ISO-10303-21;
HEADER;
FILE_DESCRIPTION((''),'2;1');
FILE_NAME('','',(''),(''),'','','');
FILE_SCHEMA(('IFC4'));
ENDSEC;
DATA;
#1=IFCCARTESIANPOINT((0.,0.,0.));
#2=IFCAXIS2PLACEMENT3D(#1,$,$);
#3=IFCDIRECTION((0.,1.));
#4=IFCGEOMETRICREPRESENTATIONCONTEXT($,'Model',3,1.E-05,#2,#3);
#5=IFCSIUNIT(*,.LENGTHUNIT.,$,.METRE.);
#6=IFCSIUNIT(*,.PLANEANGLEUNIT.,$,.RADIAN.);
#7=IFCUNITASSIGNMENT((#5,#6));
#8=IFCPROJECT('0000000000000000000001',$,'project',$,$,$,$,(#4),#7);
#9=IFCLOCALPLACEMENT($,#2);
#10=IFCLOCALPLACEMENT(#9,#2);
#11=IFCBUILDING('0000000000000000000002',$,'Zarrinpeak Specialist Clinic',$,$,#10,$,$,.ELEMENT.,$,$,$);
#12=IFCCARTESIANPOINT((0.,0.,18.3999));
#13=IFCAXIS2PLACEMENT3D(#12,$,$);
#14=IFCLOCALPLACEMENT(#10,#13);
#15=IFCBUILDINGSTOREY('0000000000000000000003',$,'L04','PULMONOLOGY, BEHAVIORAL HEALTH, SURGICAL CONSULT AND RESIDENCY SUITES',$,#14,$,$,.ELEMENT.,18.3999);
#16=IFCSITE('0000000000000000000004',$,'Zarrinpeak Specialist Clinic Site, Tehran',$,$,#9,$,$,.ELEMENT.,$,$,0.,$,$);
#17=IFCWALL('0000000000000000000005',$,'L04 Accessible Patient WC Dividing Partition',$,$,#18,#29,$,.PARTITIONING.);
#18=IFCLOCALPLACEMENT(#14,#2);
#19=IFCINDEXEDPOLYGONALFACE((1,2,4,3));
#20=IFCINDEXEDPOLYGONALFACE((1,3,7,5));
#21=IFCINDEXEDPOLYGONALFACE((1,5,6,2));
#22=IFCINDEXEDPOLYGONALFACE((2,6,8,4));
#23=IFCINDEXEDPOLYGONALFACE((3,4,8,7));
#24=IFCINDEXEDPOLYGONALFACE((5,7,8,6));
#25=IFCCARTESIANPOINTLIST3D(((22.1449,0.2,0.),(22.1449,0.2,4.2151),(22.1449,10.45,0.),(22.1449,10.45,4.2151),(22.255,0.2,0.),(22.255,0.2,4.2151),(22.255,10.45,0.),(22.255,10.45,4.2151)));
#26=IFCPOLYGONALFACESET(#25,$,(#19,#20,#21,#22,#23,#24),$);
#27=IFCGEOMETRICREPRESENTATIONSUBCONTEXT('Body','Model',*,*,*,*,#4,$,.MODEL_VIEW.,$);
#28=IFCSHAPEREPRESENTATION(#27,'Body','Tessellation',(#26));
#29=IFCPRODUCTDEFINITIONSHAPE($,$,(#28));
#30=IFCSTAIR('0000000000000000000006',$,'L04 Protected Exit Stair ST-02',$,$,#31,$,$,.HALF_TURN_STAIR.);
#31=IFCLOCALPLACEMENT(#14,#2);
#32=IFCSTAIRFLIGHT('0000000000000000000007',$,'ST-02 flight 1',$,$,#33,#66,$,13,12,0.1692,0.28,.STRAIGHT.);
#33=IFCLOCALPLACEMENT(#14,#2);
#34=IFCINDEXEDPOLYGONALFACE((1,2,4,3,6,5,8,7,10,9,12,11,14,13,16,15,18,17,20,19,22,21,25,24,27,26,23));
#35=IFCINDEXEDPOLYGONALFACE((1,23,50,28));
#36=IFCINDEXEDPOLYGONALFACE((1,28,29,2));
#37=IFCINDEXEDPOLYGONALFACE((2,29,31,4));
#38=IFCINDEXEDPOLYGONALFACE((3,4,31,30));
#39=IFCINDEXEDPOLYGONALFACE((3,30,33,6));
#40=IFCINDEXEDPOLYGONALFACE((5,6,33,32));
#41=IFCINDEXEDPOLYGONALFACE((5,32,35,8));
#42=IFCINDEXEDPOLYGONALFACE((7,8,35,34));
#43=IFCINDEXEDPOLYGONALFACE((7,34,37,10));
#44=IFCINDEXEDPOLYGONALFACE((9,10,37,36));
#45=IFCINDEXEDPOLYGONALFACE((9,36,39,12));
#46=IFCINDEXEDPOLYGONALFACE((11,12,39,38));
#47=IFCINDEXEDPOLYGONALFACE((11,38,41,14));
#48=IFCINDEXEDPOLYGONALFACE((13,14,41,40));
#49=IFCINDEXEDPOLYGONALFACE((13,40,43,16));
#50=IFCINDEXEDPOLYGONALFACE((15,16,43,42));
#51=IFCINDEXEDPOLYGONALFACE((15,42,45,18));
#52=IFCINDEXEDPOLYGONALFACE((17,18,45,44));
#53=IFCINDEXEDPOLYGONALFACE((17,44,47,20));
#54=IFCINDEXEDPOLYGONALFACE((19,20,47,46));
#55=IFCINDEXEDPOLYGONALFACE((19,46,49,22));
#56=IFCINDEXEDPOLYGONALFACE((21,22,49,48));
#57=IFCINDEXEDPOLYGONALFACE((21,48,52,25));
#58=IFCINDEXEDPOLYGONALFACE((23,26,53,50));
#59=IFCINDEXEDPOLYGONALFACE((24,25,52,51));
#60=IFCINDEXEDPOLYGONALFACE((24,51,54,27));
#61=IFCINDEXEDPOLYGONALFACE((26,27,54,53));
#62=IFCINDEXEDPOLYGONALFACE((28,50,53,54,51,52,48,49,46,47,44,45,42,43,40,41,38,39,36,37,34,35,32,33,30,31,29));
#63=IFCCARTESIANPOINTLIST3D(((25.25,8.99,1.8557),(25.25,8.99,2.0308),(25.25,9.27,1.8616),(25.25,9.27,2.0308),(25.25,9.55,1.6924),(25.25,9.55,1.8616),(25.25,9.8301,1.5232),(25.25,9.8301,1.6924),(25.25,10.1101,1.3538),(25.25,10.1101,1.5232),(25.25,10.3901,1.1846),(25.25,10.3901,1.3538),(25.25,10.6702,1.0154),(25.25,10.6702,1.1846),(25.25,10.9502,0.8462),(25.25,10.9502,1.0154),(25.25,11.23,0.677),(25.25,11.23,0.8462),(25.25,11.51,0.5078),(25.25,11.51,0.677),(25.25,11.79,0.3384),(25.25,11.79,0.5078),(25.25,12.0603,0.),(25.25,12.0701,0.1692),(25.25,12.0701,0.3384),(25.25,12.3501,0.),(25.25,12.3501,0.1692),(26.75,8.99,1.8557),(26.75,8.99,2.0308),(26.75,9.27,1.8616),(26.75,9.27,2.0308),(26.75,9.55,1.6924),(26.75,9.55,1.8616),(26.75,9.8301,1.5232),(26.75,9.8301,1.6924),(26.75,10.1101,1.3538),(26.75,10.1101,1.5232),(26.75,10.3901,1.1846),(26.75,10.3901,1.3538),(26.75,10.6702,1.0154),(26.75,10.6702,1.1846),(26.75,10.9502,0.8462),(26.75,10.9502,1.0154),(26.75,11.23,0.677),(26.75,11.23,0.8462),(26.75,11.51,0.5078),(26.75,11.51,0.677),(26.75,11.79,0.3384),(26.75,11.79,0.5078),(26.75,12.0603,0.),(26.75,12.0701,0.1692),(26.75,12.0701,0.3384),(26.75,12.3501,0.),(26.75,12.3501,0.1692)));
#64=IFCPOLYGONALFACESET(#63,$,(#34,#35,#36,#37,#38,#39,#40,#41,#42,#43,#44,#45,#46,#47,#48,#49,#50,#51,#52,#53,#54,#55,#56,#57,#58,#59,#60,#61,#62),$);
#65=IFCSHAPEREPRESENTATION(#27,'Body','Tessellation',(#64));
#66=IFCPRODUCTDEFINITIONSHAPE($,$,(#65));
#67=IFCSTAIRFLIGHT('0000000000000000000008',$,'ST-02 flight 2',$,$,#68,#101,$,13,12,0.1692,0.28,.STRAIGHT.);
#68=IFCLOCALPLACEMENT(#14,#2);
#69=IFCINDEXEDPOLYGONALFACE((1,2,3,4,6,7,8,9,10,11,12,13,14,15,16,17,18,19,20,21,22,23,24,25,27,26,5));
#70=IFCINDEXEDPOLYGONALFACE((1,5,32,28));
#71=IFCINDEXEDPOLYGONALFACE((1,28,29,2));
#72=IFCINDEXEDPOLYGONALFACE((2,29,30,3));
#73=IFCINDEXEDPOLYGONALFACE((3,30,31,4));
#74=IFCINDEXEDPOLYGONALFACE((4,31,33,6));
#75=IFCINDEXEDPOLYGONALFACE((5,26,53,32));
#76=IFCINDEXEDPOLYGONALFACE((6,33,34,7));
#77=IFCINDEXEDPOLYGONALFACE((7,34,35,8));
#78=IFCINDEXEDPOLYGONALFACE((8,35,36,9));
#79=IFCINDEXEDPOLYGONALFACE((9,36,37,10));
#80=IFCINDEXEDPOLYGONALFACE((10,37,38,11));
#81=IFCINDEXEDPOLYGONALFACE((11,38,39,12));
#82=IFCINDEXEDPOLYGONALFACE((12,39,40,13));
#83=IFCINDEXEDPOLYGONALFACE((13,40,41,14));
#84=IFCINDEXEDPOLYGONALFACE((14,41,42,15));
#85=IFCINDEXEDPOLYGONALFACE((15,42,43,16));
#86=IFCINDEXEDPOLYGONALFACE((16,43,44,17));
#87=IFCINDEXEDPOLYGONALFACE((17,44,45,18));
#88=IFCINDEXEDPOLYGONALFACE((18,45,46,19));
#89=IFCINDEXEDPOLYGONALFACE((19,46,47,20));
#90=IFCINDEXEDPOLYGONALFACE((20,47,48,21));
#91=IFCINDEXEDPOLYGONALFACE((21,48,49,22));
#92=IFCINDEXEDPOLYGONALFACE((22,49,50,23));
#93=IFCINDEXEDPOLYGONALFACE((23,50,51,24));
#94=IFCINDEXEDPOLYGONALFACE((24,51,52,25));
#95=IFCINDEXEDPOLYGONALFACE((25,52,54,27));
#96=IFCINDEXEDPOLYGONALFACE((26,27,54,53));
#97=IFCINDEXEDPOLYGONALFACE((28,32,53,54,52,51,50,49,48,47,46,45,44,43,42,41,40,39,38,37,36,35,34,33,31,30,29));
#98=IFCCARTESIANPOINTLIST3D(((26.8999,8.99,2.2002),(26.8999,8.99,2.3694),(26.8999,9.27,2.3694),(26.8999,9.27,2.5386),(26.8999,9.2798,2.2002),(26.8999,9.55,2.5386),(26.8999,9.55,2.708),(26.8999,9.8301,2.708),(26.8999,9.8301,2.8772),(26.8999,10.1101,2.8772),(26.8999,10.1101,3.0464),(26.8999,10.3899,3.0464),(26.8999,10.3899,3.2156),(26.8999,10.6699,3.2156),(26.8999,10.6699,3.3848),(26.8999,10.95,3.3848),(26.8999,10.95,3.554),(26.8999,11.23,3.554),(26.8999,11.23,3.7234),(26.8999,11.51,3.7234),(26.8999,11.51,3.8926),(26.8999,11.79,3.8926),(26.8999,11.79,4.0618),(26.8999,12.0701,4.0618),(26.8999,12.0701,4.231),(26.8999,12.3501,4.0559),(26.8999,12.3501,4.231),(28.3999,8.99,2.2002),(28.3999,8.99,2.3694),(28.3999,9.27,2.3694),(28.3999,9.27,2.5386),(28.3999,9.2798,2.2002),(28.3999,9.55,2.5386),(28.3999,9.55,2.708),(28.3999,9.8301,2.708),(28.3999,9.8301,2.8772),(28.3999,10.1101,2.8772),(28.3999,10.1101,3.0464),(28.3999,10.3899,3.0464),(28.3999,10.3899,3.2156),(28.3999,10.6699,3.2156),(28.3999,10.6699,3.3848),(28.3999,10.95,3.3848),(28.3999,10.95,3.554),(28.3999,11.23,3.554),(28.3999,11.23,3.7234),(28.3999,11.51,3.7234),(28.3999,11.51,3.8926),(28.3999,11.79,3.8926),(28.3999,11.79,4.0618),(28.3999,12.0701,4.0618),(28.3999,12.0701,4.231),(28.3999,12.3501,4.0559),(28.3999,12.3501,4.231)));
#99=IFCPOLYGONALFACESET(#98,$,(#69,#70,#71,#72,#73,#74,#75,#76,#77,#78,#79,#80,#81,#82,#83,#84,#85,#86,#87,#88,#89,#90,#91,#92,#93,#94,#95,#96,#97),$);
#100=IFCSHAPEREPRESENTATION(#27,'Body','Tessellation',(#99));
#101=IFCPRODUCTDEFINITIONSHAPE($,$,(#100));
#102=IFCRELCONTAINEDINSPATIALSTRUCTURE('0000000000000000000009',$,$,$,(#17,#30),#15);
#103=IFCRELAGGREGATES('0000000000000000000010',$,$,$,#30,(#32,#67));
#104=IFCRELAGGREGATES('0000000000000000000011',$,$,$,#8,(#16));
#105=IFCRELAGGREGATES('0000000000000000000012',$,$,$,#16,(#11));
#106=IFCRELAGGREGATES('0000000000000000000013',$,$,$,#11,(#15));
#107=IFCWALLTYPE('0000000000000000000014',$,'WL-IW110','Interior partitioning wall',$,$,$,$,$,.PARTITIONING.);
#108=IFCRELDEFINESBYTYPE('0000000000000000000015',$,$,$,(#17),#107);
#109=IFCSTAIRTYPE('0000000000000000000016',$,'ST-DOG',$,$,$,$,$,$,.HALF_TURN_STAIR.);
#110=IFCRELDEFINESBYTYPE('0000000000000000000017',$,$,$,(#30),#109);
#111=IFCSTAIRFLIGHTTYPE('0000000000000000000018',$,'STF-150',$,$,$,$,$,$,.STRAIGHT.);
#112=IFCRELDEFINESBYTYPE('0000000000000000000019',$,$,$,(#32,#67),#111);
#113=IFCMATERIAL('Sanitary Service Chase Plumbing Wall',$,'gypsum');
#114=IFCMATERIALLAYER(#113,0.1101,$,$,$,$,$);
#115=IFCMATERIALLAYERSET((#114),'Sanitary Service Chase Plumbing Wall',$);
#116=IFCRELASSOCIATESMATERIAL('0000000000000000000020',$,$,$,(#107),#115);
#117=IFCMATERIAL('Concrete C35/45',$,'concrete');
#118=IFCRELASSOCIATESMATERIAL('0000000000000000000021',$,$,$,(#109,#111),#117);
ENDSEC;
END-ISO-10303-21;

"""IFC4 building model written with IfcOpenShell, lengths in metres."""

from ifc_helpers import new_model, si_unit, direction, frame, frame_2d, origin, place, context, subcontext, project, spatial, polyline, rectangle, outline, extrude, material, layer, layer_set, type_object, element, aggregate, save


model = new_model("IFC4")

# Units and contexts
model_context = context("Model", 3, precision=1e-05, world=origin(), true_north=direction((0.0, 1.0)))
body_context = subcontext(model_context, "Body", "Model", "MODEL_VIEW")
ifc_project = project(units=[si_unit("LENGTHUNIT", "METRE"), si_unit("PLANEANGLEUNIT", "RADIAN")], contexts=[model_context])

# Site, building, storey
site_placement = place(None, origin())
site = spatial("IfcSite", under=ifc_project, at=site_placement, Name="Zarrinpeak Specialist Clinic Site, Tehran", CompositionType="ELEMENT", RefElevation=0.0)
building_placement = place(site_placement, origin())
building = spatial("IfcBuilding", under=site, at=building_placement, Name="Zarrinpeak Specialist Clinic", CompositionType="ELEMENT")
storey_placement = place(building_placement, frame((0.0, 0.0, 18.3999)))
storey = spatial("IfcBuildingStorey", under=building, at=storey_placement, Name="L04", Description="PULMONOLOGY, BEHAVIORAL HEALTH, SURGICAL CONSULT AND RESIDENCY SUITES", CompositionType="ELEMENT", Elevation=18.3999)

# Wall
ifc_material_1 = material(Name="Sanitary Service Chase Plumbing Wall", Category="gypsum")
ifc_layer_1 = layer(ifc_material_1, 0.1101)
ifc_layer_set_1 = layer_set([ifc_layer_1], Name="Sanitary Service Chase Plumbing Wall")
wall_type_1 = type_object("IfcWallType", Name="WL-IW110", Description="Interior partitioning wall", PredefinedType="PARTITIONING", material=ifc_layer_set_1)
wall_1_placement = place(storey_placement, frame((22.2, 0.2, 0.0), z_axis=(0.0, 0.0, 1.0), x_axis=(0.0, 1.0, 0.0)))
element("IfcWall", 1, at=wall_1_placement, inside=storey, type_object=wall_type_1, Name="L04 Accessible Patient WC Dividing Partition", PredefinedType="PARTITIONING", context=body_context, shape_type="SweptSolid", body=[
    extrude(rectangle(XDim=10.25, YDim=0.1101, at=frame_2d((5.125, 0.0))), origin(), (0.0, 0.0, 1.0), 4.2151),
])

# Stair, stair flights
ifc_material_2 = material(Name="Concrete C35/45", Category="concrete")
stair_type = type_object("IfcStairType", Name="ST-DOG", PredefinedType="HALF_TURN_STAIR", material=ifc_material_2)
stair_placement = place(storey_placement, origin())
stair = element("IfcStair", 2, at=stair_placement, inside=storey, type_object=stair_type, Name="L04 Protected Exit Stair ST-02", PredefinedType="HALF_TURN_STAIR")
stair_flight_type = type_object("IfcStairFlightType", Name="STF-150", PredefinedType="STRAIGHT", material=ifc_material_2)
stair_flight_1_placement = place(storey_placement, frame((26.0, 12.3501, 0.0), z_axis=(0.0, 0.0, 1.0), x_axis=(0.0, -1.0, 0.0)))
stair_flight_1 = element("IfcStairFlight", 3, at=stair_flight_1_placement, type_object=stair_flight_type, Name="ST-02 flight 1", NumberOfRisers=13, NumberOfTreads=12, PredefinedType="STRAIGHT", RiserHeight=0.1692, TreadLength=0.28, context=body_context, shape_type="SweptSolid", body=[
    extrude(outline(polyline([(0.0, 0.0), (0.0, 0.1692), (0.28, 0.1692), (0.28, 0.3384), (0.5601, 0.3384), (0.5601, 0.5078), (0.8401, 0.5078), (0.8401, 0.677), (1.1201, 0.677), (1.1201, 0.8462), (1.3999, 0.8462), (1.3999, 1.0154), (1.6799, 1.0154), (1.6799, 1.1846), (1.96, 1.1846), (1.96, 1.3538), (2.24, 1.3538), (2.24, 1.5232), (2.52, 1.5232), (2.52, 1.6924), (2.8, 1.6924), (2.8, 1.8616), (3.0801, 1.8616), (3.0801, 2.0308), (3.3601, 2.0308), (3.3601, 2.2), (3.3601, 1.8557), (0.2898, 0.0), (0.0, 0.0)])), frame((0.0, 0.75, 0.0), z_axis=(0.0, -1.0, 0.0), x_axis=(1.0, 0.0, 0.0)), (0.0, 0.0, 1.0), 1.5),
])
stair_flight_2_placement = place(storey_placement, frame((27.6499, 8.99, 2.2002), z_axis=(0.0, 0.0, 1.0), x_axis=(0.0, 1.0, 0.0)))
stair_flight_2 = element("IfcStairFlight", 4, at=stair_flight_2_placement, type_object=stair_flight_type, Name="ST-02 flight 2", NumberOfRisers=13, NumberOfTreads=12, PredefinedType="STRAIGHT", RiserHeight=0.1692, TreadLength=0.28, context=body_context, shape_type="SweptSolid", body=[
    extrude(outline(polyline([(0.0, 0.0), (0.0, 0.1692), (0.28, 0.1692), (0.28, 0.3384), (0.5601, 0.3384), (0.5601, 0.5078), (0.8401, 0.5078), (0.8401, 0.677), (1.1201, 0.677), (1.1201, 0.8462), (1.3999, 0.8462), (1.3999, 1.0154), (1.6799, 1.0154), (1.6799, 1.1846), (1.96, 1.1846), (1.96, 1.3538), (2.24, 1.3538), (2.24, 1.5232), (2.52, 1.5232), (2.52, 1.6924), (2.8, 1.6924), (2.8, 1.8616), (3.0801, 1.8616), (3.0801, 2.0308), (3.3601, 2.0308), (3.3601, 2.2), (3.3601, 1.8557), (0.2898, 0.0), (0.0, 0.0)])), frame((0.0, 0.75, 0.0), z_axis=(0.0, -1.0, 0.0), x_axis=(1.0, 0.0, 0.0)), (0.0, 0.0, 1.0), 1.5),
])
aggregate(stair, [stair_flight_1, stair_flight_2])

save(model, "model.ifc")
